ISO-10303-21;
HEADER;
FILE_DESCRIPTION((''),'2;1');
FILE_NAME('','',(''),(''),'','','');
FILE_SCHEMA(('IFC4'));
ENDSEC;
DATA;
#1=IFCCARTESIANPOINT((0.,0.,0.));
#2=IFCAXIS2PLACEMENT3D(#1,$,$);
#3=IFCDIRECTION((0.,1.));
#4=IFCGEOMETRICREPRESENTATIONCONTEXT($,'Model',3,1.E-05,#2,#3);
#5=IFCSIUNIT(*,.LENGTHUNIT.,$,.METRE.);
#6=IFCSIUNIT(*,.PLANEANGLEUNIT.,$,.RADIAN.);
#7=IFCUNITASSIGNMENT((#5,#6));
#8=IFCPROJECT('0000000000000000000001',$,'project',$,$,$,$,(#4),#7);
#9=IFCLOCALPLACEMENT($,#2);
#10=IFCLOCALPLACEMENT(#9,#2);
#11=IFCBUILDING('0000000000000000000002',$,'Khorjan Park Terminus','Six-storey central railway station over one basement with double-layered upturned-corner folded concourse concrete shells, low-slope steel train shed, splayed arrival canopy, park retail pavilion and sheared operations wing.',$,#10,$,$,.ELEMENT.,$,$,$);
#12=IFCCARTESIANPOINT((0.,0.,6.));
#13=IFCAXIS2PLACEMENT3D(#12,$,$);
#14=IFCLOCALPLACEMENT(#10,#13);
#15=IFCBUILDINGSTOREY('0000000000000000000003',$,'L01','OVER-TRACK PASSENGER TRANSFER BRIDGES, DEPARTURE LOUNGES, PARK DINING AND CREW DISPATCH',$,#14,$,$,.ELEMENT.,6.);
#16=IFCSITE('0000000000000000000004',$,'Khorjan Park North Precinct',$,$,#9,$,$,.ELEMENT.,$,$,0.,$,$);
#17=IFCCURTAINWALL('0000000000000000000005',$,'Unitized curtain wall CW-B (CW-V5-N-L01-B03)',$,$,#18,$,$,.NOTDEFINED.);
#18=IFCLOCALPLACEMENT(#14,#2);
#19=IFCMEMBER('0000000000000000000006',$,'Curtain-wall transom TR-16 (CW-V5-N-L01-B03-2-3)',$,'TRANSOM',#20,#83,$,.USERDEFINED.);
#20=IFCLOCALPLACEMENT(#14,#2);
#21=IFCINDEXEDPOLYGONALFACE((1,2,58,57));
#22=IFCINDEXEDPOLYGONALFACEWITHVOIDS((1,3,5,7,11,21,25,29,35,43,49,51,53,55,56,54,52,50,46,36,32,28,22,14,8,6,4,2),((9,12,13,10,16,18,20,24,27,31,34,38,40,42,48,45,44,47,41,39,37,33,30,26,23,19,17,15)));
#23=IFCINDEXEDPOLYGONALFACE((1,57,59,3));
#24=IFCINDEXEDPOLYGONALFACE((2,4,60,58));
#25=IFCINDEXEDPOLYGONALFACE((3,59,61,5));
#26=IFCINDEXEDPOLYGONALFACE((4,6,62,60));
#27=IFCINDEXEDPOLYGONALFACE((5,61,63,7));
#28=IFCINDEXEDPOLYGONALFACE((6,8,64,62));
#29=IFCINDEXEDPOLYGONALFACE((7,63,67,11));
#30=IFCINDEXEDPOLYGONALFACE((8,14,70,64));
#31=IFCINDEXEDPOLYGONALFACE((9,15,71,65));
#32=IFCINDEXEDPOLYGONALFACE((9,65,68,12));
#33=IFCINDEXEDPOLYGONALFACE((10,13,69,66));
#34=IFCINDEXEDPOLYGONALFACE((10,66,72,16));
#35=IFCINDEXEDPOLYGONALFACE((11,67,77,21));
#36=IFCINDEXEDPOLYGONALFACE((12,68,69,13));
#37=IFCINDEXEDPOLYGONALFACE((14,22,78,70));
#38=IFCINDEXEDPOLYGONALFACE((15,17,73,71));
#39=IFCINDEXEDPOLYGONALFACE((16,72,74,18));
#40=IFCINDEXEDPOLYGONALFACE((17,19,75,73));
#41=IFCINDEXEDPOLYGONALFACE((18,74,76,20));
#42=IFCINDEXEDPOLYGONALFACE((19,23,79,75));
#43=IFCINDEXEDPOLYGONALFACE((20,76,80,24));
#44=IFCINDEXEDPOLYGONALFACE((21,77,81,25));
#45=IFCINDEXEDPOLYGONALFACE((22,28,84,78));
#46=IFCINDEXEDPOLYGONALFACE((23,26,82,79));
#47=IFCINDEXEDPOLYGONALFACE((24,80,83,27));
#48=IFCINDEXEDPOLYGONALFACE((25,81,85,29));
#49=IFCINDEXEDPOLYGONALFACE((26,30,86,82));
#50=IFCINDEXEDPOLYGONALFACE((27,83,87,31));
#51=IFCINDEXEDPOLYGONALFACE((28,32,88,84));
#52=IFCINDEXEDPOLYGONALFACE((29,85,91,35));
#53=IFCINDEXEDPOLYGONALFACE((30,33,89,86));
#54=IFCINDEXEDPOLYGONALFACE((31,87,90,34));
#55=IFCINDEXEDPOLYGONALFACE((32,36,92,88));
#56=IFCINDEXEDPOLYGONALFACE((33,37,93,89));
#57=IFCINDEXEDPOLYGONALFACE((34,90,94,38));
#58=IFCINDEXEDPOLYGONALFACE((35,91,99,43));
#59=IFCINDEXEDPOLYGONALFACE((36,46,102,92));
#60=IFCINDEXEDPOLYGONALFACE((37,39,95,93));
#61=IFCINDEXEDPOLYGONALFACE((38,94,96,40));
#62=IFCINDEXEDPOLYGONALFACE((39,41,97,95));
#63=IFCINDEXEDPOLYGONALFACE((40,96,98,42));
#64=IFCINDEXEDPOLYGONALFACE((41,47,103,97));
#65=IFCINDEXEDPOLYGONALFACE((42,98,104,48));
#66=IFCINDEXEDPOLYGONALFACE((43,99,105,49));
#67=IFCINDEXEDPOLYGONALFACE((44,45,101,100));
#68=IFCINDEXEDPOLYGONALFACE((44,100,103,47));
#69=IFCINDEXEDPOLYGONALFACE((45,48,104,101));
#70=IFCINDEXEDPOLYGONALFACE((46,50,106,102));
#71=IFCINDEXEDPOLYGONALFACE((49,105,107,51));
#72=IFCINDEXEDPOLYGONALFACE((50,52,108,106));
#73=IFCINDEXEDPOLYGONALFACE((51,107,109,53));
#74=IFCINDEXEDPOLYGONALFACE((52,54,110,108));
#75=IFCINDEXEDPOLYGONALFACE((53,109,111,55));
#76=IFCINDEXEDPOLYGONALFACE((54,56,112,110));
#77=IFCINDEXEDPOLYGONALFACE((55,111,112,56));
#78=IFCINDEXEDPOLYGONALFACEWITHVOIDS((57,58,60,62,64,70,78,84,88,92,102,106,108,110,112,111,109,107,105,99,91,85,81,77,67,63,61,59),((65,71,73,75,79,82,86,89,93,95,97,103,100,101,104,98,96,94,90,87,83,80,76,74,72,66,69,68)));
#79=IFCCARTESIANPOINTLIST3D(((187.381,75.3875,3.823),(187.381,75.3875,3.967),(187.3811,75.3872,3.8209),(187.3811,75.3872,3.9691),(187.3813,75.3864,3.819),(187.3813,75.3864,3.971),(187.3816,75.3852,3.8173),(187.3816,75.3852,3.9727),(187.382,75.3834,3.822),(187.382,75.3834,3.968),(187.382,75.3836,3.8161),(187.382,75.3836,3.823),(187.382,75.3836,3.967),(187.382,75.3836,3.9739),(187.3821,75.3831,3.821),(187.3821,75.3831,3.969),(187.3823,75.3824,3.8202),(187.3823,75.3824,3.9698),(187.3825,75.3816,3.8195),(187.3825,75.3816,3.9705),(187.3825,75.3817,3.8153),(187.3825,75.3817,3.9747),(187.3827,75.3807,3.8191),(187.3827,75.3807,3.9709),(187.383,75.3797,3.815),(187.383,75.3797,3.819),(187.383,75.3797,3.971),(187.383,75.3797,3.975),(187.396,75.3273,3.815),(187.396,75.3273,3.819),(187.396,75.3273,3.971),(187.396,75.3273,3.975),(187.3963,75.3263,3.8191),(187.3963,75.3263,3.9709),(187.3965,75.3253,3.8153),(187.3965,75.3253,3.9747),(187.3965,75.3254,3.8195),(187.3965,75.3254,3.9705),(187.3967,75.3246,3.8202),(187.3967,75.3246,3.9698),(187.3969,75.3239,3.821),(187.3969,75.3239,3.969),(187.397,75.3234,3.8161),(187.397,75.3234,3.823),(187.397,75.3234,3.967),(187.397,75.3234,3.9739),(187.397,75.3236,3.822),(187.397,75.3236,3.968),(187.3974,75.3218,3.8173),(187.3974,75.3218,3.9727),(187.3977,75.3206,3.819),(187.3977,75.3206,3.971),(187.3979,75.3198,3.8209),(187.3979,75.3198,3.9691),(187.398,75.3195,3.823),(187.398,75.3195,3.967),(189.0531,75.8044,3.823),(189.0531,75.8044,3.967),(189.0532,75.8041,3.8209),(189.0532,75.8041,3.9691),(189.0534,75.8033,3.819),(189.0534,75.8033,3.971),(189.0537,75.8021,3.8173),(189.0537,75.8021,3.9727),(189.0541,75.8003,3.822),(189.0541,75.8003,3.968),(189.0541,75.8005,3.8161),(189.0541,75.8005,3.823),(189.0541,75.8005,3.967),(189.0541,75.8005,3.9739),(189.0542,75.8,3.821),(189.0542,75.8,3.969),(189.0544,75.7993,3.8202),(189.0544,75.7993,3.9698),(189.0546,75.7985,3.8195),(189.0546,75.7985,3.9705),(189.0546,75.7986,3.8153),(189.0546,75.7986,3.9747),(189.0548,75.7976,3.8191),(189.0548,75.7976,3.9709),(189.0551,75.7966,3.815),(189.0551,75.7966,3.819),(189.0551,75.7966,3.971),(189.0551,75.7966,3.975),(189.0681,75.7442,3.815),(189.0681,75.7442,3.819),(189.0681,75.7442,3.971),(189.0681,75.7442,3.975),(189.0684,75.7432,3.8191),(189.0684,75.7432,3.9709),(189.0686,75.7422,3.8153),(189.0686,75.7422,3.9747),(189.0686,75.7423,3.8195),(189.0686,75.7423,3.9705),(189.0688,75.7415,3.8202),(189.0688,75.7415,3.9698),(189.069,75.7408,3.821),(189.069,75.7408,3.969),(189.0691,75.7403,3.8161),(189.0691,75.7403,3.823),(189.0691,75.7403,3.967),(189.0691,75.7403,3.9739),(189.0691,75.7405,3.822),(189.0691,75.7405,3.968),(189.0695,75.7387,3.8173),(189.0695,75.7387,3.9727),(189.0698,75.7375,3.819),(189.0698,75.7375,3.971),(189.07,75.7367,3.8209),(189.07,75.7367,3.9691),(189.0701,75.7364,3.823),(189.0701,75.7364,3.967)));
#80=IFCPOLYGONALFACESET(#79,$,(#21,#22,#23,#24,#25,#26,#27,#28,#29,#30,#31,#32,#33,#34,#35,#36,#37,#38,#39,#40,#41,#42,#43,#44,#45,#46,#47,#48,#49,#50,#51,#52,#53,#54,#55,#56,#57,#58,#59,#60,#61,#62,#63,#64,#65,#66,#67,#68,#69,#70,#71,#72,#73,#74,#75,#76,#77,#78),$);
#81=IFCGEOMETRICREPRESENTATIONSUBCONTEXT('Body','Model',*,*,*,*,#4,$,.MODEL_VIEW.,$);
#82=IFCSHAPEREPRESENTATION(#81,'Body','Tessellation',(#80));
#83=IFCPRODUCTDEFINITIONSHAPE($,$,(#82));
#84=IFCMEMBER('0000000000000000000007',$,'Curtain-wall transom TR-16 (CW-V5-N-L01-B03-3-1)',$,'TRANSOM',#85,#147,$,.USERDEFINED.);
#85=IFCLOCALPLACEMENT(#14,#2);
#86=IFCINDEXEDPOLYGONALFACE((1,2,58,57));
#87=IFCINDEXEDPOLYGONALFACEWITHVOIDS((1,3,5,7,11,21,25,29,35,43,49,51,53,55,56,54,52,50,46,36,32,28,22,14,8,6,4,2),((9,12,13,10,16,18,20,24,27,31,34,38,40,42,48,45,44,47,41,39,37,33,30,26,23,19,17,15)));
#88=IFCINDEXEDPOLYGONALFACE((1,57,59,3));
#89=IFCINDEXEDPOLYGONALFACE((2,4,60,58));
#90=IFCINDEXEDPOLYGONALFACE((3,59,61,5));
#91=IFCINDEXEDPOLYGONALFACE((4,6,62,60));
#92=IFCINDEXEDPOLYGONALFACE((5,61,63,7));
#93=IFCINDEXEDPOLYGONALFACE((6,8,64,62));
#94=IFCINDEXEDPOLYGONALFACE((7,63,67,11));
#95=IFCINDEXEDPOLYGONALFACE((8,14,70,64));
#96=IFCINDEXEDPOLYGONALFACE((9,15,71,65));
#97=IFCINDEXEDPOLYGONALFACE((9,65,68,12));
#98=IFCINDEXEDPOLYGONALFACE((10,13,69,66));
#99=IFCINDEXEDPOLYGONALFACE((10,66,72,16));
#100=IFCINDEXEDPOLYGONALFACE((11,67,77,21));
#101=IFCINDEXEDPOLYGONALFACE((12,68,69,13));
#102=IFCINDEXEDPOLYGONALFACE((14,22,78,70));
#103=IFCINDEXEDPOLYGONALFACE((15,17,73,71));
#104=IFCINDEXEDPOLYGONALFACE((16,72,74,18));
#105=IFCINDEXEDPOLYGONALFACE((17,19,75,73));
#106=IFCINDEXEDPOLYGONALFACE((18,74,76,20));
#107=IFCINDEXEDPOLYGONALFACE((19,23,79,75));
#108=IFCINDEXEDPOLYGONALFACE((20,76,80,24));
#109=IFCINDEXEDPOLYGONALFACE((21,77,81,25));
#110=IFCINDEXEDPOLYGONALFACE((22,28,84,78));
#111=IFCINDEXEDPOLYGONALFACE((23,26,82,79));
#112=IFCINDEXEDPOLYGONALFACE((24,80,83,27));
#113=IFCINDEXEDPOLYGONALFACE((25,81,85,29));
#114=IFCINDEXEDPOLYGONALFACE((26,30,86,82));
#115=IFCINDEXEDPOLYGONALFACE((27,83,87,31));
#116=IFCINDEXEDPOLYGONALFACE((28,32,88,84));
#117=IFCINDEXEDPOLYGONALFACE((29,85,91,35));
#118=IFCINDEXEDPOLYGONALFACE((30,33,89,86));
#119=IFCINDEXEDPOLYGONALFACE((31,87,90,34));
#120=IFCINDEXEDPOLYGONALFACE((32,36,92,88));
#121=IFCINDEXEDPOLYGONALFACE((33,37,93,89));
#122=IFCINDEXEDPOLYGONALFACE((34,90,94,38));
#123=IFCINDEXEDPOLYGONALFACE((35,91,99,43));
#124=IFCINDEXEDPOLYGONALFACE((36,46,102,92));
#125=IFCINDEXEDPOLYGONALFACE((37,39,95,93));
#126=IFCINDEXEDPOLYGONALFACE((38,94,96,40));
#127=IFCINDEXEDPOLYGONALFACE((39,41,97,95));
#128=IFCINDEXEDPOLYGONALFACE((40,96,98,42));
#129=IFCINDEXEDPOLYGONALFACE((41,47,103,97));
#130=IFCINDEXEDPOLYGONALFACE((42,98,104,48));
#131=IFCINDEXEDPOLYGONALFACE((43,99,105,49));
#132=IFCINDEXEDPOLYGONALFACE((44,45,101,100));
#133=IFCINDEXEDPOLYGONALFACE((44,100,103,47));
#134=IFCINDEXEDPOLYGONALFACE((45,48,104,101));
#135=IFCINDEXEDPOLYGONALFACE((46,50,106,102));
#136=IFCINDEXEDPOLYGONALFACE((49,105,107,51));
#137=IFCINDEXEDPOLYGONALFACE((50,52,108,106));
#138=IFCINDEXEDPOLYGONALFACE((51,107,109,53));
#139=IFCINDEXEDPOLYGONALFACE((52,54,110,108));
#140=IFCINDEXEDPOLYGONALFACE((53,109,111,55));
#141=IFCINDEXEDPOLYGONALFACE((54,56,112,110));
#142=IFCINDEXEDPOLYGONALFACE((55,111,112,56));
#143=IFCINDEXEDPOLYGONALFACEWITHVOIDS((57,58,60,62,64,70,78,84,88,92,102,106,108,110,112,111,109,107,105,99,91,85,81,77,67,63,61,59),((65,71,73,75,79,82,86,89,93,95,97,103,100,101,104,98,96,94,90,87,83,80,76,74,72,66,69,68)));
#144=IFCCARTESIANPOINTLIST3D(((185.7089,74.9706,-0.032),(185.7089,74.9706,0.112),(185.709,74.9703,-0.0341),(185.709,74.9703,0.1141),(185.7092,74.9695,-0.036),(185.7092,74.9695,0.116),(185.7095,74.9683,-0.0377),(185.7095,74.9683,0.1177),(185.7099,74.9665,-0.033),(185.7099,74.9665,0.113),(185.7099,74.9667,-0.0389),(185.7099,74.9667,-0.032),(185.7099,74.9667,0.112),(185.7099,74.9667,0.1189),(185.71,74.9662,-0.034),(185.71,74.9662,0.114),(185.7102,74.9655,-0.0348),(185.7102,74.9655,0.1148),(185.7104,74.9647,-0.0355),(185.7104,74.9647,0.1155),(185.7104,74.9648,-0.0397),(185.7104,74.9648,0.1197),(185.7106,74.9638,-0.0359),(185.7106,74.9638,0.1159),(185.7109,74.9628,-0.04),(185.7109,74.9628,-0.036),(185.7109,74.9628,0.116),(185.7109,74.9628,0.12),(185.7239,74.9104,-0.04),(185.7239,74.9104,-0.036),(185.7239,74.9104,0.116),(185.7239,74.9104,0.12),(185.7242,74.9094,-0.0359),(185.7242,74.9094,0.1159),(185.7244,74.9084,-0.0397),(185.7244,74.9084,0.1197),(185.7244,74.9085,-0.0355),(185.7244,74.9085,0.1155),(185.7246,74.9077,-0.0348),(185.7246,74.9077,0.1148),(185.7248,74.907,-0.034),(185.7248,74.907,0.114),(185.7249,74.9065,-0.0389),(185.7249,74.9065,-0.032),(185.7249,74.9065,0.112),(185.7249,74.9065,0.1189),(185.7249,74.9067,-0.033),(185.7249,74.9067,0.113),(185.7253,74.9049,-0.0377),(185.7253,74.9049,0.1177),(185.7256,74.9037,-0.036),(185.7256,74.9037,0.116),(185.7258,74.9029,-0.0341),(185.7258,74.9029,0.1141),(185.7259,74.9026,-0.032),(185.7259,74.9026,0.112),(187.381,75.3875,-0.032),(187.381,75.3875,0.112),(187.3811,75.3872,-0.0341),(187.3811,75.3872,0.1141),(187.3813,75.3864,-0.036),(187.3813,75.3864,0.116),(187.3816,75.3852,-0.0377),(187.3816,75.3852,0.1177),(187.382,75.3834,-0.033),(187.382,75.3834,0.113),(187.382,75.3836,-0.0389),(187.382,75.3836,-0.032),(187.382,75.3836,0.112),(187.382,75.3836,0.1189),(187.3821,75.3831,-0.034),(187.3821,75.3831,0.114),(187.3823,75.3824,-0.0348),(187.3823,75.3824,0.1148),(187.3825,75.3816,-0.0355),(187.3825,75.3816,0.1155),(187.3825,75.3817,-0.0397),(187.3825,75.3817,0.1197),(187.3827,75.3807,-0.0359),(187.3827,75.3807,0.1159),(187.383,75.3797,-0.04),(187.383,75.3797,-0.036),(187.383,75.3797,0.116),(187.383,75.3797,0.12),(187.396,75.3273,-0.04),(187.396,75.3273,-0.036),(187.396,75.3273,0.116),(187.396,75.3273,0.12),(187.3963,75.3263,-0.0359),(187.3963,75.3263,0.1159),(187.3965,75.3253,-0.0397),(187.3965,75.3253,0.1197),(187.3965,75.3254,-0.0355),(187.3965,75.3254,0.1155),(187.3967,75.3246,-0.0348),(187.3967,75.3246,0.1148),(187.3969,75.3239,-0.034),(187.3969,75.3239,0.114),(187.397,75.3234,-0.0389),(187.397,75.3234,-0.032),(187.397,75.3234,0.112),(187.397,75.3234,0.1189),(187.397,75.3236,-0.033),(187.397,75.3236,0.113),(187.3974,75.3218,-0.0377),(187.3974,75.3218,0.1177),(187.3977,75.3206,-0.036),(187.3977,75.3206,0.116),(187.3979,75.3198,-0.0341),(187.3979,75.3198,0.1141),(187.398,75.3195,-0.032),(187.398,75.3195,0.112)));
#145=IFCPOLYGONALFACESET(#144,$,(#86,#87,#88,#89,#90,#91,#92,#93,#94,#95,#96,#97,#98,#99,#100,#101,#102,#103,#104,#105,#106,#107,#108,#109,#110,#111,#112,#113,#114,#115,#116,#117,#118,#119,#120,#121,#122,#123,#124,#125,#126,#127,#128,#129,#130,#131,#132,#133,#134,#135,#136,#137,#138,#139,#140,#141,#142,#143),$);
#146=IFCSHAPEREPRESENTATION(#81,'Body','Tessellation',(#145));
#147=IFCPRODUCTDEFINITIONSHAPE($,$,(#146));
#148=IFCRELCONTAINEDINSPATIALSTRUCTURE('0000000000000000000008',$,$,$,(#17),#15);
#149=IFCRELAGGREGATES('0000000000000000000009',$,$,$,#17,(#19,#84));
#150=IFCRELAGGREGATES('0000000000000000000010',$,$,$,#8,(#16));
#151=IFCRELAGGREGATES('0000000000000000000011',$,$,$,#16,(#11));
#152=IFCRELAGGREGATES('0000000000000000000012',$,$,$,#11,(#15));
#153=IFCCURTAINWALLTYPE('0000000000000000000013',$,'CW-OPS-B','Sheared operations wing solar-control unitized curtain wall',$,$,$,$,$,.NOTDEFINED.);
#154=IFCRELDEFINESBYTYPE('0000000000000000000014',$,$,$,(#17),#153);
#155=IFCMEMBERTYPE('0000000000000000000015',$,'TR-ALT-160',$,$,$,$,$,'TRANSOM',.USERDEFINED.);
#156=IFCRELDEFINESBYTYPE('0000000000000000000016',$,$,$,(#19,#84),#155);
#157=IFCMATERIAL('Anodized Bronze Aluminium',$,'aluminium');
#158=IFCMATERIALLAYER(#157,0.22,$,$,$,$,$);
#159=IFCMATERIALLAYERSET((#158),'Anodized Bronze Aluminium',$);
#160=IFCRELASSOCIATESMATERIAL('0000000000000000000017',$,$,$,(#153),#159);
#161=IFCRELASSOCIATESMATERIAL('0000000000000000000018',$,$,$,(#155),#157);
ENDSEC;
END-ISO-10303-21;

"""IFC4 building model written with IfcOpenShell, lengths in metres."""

from ifc_helpers import new_model, si_unit, direction, frame, origin, origin_2d, place, context, subcontext, project, spatial, hollow_rectangle, extrude, material, layer, layer_set, material_profile, profile_set, type_object, element, aggregate, save


model = new_model("IFC4")

# Units and contexts
model_context = context("Model", 3, precision=1e-05, world=origin(), true_north=direction((0.0, 1.0)))
body_context = subcontext(model_context, "Body", "Model", "MODEL_VIEW")
ifc_project = project(units=[si_unit("LENGTHUNIT", "METRE"), si_unit("PLANEANGLEUNIT", "RADIAN")], contexts=[model_context])

# Site, building, storey
site_placement = place(None, origin())
site = spatial("IfcSite", under=ifc_project, at=site_placement, Name="Khorjan Park North Precinct", CompositionType="ELEMENT", RefElevation=0.0)
building_placement = place(site_placement, origin())
building = spatial("IfcBuilding", under=site, at=building_placement, Name="Khorjan Park Terminus", Description="Six-storey central railway station over one basement with double-layered upturned-corner folded concourse concrete shells, low-slope steel train shed, splayed arrival canopy, park retail pavilion and sheared operations wing.", CompositionType="ELEMENT")
storey_placement = place(building_placement, frame((0.0, 0.0, 6.0)))
storey = spatial("IfcBuildingStorey", under=building, at=storey_placement, Name="L01", Description="OVER-TRACK PASSENGER TRANSFER BRIDGES, DEPARTURE LOUNGES, PARK DINING AND CREW DISPATCH", CompositionType="ELEMENT", Elevation=6.0)

# Curtain wall
ifc_material_1 = material(Name="Anodized Bronze Aluminium", Category="aluminium")
ifc_layer_1 = layer(ifc_material_1, 0.22)
ifc_layer_set_1 = layer_set([ifc_layer_1], Name="Anodized Bronze Aluminium")
curtain_wall_type = type_object("IfcCurtainWallType", Name="CW-OPS-B", Description="Sheared operations wing solar-control unitized curtain wall", PredefinedType="NOTDEFINED", material=ifc_layer_set_1)
curtain_wall_1_placement = place(storey_placement, origin())
curtain_wall_1 = element("IfcCurtainWall", 1, at=curtain_wall_1_placement, inside=storey, type_object=curtain_wall_type, Name="Unitized curtain wall CW-B (CW-V5-N-L01-B03)", PredefinedType="NOTDEFINED")

# Members
ifc_material_profile_1 = material_profile(ifc_material_1, hollow_rectangle(XDim=0.07, YDim=0.16, WallThickness=0.004, InnerFilletRadius=0.004, OuterFilletRadius=0.008, at=origin_2d()), Name="ALT 70x160x4")
ifc_profile_set_1 = profile_set([ifc_material_profile_1], Name="Anodized Bronze Aluminium")
member_type_1 = type_object("IfcMemberType", Name="TR-ALT-160", ElementType="TRANSOM", PredefinedType="USERDEFINED", material=ifc_profile_set_1)
member_1_placement = place(storey_placement, frame((189.0616, 75.7704, 3.895), z_axis=(-0.970296, -0.241921, 0.0), x_axis=(0.241921, -0.970296, 0.0)))
member_1 = element("IfcMember", 2, at=member_1_placement, type_object=member_type_1, Name="Curtain-wall transom TR-16 (CW-V5-N-L01-B03-2-3)", ObjectType="TRANSOM", PredefinedType="USERDEFINED", context=body_context, shape_type="SweptSolid", body=[
    extrude(hollow_rectangle(XDim=0.07, YDim=0.16, WallThickness=0.004, InnerFilletRadius=0.004, OuterFilletRadius=0.008, at=origin_2d()), origin(), (0.0, 0.0, 1.0), 1.7233),
])
member_2_placement = place(storey_placement, frame((187.3895, 75.3535, 0.04), z_axis=(-0.970296, -0.241921, 0.0), x_axis=(0.241921, -0.970296, 0.0)))
member_2 = element("IfcMember", 3, at=member_2_placement, type_object=member_type_1, Name="Curtain-wall transom TR-16 (CW-V5-N-L01-B03-3-1)", ObjectType="TRANSOM", PredefinedType="USERDEFINED", context=body_context, shape_type="SweptSolid", body=[
    extrude(hollow_rectangle(XDim=0.07, YDim=0.16, WallThickness=0.004, InnerFilletRadius=0.004, OuterFilletRadius=0.008, at=origin_2d()), origin(), (0.0, 0.0, 1.0), 1.7233),
])

aggregate(curtain_wall_1, [member_1, member_2])

save(model, "model.ifc")
